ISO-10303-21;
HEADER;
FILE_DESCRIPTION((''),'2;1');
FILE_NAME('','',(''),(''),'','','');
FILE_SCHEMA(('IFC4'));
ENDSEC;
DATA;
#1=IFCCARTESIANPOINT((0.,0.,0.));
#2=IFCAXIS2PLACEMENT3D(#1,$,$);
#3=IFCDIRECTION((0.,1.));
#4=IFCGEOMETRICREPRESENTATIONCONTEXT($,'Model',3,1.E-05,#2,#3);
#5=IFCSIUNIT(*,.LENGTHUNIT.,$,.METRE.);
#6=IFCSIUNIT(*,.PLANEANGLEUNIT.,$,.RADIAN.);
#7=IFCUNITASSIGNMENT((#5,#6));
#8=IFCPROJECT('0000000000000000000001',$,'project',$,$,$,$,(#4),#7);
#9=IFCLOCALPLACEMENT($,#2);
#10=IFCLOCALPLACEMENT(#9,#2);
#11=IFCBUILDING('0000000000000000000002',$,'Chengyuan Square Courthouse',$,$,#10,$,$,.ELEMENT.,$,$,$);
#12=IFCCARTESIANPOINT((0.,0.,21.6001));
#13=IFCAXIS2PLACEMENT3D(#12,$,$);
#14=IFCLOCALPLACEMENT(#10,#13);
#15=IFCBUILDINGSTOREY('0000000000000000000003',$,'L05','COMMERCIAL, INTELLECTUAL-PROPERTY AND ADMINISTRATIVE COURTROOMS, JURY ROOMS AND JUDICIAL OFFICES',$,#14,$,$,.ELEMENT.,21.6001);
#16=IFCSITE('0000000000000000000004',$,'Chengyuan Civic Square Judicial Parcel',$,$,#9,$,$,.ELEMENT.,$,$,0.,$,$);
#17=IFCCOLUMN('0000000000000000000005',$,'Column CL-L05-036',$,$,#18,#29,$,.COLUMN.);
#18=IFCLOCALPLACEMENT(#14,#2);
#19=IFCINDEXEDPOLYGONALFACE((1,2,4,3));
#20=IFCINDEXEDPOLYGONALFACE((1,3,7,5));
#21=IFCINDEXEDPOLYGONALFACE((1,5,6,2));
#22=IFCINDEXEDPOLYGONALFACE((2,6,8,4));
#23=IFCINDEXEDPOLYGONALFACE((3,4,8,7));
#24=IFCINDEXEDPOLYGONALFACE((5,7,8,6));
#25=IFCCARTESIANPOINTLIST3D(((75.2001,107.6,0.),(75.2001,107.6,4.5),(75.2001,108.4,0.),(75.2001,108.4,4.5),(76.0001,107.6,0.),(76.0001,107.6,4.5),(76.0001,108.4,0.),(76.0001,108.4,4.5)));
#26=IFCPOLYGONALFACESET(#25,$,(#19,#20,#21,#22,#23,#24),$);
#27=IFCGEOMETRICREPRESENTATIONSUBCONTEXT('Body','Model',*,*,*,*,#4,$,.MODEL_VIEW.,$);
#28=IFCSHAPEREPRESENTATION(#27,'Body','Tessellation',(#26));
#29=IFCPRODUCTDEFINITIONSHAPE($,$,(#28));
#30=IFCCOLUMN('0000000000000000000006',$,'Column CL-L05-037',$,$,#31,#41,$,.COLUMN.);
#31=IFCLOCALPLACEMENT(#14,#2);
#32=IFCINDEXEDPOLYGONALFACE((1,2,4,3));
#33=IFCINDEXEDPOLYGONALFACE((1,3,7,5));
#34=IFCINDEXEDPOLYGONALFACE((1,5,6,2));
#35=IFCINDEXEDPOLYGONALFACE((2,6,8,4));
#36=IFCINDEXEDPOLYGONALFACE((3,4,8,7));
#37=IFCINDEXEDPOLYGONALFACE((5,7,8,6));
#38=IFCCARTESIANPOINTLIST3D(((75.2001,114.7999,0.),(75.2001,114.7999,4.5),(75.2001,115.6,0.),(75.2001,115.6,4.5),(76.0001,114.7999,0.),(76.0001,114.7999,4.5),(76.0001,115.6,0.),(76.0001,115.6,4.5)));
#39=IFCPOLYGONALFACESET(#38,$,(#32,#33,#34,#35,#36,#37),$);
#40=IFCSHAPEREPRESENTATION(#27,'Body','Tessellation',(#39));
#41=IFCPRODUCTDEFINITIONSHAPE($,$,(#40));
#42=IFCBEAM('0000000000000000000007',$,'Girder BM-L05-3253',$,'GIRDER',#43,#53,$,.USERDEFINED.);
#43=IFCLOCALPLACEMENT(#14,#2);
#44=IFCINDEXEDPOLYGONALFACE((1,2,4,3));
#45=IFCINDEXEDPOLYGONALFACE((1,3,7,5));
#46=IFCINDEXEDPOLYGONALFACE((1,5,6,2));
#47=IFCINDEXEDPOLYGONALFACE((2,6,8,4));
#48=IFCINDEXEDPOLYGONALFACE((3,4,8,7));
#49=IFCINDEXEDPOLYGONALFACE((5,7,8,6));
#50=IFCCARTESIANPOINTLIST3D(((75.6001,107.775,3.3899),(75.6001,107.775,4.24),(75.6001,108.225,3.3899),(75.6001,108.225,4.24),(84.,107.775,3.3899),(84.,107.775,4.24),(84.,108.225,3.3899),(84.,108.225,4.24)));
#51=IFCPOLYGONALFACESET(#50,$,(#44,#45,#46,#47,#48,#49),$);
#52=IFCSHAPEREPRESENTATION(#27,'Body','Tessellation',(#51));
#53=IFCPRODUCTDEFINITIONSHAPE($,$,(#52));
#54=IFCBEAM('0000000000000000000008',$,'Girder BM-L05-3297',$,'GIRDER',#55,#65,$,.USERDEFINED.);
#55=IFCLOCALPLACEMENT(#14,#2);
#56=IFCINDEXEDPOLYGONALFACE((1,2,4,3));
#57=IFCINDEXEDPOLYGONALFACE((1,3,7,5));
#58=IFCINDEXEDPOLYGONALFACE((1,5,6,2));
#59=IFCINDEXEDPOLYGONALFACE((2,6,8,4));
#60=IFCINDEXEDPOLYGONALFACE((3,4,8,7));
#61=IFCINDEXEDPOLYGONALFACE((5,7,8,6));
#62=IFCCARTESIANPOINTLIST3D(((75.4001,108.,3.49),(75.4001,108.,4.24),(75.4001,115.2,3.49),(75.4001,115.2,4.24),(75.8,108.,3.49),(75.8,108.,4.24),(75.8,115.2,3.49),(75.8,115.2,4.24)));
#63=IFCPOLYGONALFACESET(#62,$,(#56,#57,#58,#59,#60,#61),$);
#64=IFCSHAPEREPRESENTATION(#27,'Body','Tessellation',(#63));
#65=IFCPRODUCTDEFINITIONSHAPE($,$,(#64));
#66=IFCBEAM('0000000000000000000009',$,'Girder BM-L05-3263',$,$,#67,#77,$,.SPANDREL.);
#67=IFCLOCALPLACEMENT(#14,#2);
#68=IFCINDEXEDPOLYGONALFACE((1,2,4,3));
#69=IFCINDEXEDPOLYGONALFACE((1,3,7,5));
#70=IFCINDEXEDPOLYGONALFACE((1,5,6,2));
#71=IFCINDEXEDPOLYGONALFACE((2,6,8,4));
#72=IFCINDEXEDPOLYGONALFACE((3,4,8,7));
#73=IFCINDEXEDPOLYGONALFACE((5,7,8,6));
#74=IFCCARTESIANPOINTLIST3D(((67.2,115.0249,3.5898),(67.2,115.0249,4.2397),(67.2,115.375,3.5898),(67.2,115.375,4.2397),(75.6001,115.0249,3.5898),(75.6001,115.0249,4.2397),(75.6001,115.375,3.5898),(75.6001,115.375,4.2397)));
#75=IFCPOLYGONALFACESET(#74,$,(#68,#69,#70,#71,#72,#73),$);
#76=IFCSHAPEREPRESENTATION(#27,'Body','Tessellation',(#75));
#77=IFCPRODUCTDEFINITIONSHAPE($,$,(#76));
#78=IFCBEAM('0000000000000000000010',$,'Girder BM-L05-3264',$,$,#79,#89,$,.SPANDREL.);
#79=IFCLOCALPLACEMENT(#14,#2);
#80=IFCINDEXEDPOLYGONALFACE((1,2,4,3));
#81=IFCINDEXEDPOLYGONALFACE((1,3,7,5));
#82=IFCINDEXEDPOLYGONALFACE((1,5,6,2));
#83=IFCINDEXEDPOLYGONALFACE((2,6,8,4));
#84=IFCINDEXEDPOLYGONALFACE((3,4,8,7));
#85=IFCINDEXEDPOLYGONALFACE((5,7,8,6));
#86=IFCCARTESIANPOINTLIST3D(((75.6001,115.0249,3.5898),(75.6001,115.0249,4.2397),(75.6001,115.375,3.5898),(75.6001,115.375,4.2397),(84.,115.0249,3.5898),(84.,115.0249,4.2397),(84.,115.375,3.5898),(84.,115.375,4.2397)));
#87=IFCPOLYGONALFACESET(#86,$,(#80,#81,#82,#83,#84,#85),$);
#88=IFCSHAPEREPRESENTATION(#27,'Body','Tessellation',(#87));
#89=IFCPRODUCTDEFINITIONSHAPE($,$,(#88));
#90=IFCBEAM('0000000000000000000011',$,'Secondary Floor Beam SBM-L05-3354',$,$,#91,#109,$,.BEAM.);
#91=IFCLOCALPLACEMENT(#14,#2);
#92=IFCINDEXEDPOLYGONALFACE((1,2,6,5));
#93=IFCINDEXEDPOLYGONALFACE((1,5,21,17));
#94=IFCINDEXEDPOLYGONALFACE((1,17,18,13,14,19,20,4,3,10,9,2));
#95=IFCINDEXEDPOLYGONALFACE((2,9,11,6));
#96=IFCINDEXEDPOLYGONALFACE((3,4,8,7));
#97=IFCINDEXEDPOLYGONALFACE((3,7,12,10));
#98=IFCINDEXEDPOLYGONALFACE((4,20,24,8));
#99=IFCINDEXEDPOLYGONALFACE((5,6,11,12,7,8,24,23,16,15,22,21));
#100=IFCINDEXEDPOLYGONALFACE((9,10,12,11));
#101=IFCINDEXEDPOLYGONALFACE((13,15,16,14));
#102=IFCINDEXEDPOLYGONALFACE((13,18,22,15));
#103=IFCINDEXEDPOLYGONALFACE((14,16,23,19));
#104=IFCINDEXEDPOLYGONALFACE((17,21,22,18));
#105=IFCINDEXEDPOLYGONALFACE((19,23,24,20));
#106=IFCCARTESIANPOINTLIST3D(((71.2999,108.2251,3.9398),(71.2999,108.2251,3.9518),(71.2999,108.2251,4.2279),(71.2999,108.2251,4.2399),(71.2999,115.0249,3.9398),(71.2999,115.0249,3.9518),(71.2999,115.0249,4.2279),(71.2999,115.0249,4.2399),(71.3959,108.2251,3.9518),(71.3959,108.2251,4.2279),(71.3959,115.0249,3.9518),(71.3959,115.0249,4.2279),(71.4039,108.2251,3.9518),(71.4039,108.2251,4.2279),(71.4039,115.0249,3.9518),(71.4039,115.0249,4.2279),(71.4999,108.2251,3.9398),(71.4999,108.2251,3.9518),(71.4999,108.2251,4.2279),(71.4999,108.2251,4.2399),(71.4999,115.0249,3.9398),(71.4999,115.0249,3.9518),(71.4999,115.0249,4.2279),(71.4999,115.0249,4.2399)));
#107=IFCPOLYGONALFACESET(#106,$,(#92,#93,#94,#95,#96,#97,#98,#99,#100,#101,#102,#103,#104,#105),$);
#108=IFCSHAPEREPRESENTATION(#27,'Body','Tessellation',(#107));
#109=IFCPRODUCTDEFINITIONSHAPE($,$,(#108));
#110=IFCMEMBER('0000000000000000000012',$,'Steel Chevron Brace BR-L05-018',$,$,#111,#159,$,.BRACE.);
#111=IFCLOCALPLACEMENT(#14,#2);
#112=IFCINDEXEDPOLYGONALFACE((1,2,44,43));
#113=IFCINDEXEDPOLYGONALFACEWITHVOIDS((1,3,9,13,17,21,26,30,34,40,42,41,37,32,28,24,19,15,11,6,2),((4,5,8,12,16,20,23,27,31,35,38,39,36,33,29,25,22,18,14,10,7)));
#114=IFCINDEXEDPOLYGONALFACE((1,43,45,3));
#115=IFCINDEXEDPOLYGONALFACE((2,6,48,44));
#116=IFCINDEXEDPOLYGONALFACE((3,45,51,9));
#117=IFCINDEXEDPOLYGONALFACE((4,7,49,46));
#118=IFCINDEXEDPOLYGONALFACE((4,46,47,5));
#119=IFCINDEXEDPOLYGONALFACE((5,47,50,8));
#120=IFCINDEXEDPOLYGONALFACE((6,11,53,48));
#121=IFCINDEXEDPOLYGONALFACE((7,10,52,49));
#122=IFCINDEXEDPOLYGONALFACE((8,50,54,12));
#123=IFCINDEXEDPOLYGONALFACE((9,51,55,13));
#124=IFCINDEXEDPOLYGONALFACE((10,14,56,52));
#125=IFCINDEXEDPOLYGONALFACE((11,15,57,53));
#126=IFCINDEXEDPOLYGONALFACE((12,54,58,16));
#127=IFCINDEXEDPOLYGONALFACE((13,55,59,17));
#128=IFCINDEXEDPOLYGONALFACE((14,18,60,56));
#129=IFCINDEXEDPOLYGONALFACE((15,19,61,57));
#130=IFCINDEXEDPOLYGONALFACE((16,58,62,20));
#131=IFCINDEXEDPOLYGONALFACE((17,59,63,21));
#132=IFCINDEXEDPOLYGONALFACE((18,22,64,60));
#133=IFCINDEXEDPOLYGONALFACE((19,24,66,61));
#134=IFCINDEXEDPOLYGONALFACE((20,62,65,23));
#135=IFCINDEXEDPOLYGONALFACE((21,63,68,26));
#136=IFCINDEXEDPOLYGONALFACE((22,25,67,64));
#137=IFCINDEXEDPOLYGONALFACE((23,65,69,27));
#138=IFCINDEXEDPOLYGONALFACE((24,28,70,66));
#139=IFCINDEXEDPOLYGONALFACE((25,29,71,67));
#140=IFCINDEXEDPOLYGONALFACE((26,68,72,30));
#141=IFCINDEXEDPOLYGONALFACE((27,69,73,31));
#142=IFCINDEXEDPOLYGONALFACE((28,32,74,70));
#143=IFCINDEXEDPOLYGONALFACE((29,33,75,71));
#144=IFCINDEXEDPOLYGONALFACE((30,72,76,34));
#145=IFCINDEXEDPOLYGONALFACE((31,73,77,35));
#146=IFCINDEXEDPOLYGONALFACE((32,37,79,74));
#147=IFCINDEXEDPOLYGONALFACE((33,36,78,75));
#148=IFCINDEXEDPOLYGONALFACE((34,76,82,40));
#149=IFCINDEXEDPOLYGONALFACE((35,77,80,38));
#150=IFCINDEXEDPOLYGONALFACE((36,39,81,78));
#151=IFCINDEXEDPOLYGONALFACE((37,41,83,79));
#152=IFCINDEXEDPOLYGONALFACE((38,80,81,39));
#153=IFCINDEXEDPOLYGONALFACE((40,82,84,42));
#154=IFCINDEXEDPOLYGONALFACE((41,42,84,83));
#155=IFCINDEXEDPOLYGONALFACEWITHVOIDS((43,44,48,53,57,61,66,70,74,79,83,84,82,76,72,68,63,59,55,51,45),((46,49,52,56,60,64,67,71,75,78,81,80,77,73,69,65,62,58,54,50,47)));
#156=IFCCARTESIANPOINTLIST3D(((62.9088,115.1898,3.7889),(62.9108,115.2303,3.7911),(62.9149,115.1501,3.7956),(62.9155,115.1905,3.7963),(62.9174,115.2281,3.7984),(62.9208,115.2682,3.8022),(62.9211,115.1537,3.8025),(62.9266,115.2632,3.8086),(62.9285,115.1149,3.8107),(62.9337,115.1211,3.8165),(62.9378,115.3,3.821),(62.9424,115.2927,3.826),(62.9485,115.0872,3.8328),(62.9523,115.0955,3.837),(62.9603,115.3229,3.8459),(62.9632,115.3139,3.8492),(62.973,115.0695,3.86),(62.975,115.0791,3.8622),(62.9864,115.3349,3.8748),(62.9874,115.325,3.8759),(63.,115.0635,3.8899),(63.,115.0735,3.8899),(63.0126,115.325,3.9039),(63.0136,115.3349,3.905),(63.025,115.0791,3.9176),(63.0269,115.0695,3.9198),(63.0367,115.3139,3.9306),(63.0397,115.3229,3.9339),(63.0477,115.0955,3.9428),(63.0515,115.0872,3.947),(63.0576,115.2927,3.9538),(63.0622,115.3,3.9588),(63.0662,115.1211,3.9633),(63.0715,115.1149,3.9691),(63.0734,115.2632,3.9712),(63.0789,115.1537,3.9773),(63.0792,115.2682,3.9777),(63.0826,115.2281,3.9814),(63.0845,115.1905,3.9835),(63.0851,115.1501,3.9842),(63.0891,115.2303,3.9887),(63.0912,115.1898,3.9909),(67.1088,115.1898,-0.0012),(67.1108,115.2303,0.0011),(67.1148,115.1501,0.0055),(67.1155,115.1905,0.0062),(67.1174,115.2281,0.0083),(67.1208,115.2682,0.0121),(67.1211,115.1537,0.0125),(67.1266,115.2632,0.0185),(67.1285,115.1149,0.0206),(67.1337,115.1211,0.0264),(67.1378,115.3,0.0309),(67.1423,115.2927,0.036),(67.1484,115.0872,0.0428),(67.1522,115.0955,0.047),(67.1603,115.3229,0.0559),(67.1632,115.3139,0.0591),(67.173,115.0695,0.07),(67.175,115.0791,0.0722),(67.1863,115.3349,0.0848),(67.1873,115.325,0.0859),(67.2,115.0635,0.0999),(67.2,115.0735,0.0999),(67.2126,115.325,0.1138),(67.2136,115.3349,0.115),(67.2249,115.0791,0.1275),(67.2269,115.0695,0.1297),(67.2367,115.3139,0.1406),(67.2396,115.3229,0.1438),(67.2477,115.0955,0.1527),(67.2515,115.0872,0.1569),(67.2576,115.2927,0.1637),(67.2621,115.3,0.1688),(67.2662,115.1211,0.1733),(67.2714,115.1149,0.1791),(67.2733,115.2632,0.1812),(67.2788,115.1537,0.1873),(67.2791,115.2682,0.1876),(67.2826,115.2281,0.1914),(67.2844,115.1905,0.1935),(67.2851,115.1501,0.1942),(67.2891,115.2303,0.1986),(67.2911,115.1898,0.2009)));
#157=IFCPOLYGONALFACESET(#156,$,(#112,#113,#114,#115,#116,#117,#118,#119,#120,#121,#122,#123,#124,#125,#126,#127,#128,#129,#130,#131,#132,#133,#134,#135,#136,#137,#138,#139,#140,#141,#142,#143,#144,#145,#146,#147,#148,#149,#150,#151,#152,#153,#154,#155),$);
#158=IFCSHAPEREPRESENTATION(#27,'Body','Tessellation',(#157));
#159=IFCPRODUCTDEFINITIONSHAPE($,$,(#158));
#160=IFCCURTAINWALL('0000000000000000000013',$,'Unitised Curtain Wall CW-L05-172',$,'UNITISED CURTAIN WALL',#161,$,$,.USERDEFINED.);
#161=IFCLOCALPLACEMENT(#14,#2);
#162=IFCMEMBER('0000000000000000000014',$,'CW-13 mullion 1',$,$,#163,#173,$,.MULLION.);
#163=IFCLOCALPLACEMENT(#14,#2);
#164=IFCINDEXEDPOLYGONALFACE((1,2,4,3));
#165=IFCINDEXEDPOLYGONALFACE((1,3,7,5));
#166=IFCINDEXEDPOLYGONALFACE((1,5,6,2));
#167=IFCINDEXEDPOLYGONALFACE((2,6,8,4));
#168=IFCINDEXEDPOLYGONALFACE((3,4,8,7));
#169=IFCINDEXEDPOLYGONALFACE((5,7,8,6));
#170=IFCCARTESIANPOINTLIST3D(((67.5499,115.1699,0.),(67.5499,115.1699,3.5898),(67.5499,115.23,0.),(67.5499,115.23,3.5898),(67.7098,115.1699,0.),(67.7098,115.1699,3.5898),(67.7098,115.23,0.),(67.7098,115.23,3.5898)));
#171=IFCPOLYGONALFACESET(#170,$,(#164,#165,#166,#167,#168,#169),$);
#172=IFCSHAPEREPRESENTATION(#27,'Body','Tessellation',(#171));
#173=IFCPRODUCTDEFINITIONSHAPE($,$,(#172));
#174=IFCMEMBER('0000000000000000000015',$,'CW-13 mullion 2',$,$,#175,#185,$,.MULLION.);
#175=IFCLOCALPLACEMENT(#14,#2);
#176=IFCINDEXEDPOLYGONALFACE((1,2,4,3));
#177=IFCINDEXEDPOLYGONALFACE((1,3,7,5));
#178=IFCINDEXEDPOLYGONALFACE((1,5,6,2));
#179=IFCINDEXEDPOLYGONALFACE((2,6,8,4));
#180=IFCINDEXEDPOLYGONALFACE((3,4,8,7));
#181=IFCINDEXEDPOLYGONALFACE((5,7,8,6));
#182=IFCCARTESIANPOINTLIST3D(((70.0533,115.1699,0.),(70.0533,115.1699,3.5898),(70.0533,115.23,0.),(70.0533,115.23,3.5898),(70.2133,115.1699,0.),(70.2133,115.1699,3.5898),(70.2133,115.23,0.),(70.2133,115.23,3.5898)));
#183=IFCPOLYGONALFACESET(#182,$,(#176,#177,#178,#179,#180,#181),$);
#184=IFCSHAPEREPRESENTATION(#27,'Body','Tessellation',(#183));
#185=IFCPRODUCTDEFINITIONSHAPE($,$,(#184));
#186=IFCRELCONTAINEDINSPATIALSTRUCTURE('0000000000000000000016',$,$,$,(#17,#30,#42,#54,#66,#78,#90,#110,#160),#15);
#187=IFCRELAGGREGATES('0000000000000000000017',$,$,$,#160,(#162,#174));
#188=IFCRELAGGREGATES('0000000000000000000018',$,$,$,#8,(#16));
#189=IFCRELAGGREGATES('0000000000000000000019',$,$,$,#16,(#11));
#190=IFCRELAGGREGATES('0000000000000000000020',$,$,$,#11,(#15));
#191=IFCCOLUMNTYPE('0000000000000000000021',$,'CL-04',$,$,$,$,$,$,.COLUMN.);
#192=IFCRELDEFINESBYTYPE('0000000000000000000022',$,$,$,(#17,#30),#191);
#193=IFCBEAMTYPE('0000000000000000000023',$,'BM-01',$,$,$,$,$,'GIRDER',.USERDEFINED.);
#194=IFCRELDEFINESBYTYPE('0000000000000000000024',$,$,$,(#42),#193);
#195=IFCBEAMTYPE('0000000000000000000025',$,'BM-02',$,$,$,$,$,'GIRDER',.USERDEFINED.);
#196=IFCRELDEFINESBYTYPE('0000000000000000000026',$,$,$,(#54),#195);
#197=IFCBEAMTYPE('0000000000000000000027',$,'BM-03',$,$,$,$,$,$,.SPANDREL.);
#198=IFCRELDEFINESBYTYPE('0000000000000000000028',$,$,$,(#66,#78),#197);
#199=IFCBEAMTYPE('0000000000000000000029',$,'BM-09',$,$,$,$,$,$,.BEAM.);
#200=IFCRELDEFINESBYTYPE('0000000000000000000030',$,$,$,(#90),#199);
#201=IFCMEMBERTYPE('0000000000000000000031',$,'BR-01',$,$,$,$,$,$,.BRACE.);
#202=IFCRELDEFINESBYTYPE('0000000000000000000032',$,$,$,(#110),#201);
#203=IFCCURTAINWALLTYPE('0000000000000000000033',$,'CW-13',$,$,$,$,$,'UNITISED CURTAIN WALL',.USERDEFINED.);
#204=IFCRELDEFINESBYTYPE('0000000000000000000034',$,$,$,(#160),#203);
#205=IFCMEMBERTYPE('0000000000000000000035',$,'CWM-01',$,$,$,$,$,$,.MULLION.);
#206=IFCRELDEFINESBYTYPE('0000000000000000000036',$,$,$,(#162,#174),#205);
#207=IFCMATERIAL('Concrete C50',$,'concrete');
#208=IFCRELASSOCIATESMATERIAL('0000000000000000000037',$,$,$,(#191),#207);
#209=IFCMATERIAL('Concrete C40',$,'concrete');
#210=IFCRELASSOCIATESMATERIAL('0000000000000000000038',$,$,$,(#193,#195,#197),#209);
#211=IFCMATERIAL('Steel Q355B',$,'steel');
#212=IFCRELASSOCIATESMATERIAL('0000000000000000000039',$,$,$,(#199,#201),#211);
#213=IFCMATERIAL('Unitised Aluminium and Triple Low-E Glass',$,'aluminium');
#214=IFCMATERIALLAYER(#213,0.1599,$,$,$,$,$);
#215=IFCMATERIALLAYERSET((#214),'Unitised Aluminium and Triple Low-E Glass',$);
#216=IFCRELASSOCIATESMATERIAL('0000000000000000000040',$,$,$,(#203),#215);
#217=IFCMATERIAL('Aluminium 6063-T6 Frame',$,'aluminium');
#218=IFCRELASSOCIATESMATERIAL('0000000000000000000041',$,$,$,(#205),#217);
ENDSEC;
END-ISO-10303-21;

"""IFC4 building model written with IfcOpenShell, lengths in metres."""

from ifc_helpers import new_model, si_unit, direction, frame, origin, origin_2d, place, context, subcontext, project, spatial, rectangle, hollow_circle, i_section, extrude, material, layer, layer_set, material_profile, profile_set, type_object, element, aggregate, save


model = new_model("IFC4")

# Units and contexts
model_context = context("Model", 3, precision=1e-05, world=origin(), true_north=direction((0.0, 1.0)))
body_context = subcontext(model_context, "Body", "Model", "MODEL_VIEW")
ifc_project = project(units=[si_unit("LENGTHUNIT", "METRE"), si_unit("PLANEANGLEUNIT", "RADIAN")], contexts=[model_context])

# Site, building, storey
site_placement = place(None, origin())
site = spatial("IfcSite", under=ifc_project, at=site_placement, Name="Chengyuan Civic Square Judicial Parcel", CompositionType="ELEMENT", RefElevation=0.0)
building_placement = place(site_placement, origin())
building = spatial("IfcBuilding", under=site, at=building_placement, Name="Chengyuan Square Courthouse", CompositionType="ELEMENT")
storey_placement = place(building_placement, frame((0.0, 0.0, 21.6001)))
storey = spatial("IfcBuildingStorey", under=building, at=storey_placement, Name="L05", Description="COMMERCIAL, INTELLECTUAL-PROPERTY AND ADMINISTRATIVE COURTROOMS, JURY ROOMS AND JUDICIAL OFFICES", CompositionType="ELEMENT", Elevation=21.6001)

# Columns
ifc_material_1 = material(Name="Concrete C50", Category="concrete")
ifc_material_profile_1 = material_profile(ifc_material_1, rectangle(XDim=0.8, YDim=0.8, at=origin_2d()), Name="RC-COL-800x800")
ifc_profile_set_1 = profile_set([ifc_material_profile_1], Name="Concrete C50")
column_type = type_object("IfcColumnType", Name="CL-04", PredefinedType="COLUMN", material=ifc_profile_set_1)
for number, where, z_axis, x_axis, name in (
    (1, (75.6001, 108.0, 0.0), (0.0, 0.0, 1.0), (1.0, 0.0, 0.0), "Column CL-L05-036"),
    (2, (75.6001, 115.2, 0.0), (0.0, 0.0, 1.0), (1.0, 0.0, 0.0), "Column CL-L05-037"),
):
    element("IfcColumn", number, at=place(storey_placement, frame(where, z_axis=z_axis, x_axis=x_axis)), inside=storey, type_object=column_type, Name=name, PredefinedType="COLUMN", context=body_context, shape_type="SweptSolid", body=[
        extrude(rectangle(XDim=0.8, YDim=0.8, at=origin_2d()), origin(), (0.0, 0.0, 1.0), 4.5),
    ])

# Beams
ifc_material_2 = material(Name="Concrete C40", Category="concrete")
ifc_material_profile_2 = material_profile(ifc_material_2, rectangle(XDim=0.45, YDim=0.8501, at=origin_2d()), Name="RC-BM-450x850")
ifc_profile_set_2 = profile_set([ifc_material_profile_2], Name="Concrete C40")
beam_type_1 = type_object("IfcBeamType", Name="BM-01", ElementType="GIRDER", PredefinedType="USERDEFINED", material=ifc_profile_set_2)
beam_1_placement = place(storey_placement, frame((75.6001, 108.0, 3.8149), z_axis=(1.0, 0.0, 0.0), x_axis=(0.0, 1.0, 0.0)))
element("IfcBeam", 3, at=beam_1_placement, inside=storey, type_object=beam_type_1, Name="Girder BM-L05-3253", ObjectType="GIRDER", PredefinedType="USERDEFINED", context=body_context, shape_type="SweptSolid", body=[
    extrude(rectangle(XDim=0.45, YDim=0.8501, at=origin_2d()), origin(), (0.0, 0.0, 1.0), 8.3999),
])
ifc_material_profile_3 = material_profile(ifc_material_2, rectangle(XDim=0.3999, YDim=0.75, at=origin_2d()), Name="RC-BM-400x750")
ifc_profile_set_3 = profile_set([ifc_material_profile_3], Name="Concrete C40")
beam_type_2 = type_object("IfcBeamType", Name="BM-02", ElementType="GIRDER", PredefinedType="USERDEFINED", material=ifc_profile_set_3)
beam_2_placement = place(storey_placement, frame((75.6001, 108.0, 3.865), z_axis=(0.0, 1.0, 0.0), x_axis=(-1.0, 0.0, 0.0)))
element("IfcBeam", 4, at=beam_2_placement, inside=storey, type_object=beam_type_2, Name="Girder BM-L05-3297", ObjectType="GIRDER", PredefinedType="USERDEFINED", context=body_context, shape_type="SweptSolid", body=[
    extrude(rectangle(XDim=0.3999, YDim=0.75, at=origin_2d()), origin(), (0.0, 0.0, 1.0), 7.2),
])
ifc_material_profile_4 = material_profile(ifc_material_2, rectangle(XDim=0.3501, YDim=0.6499, at=origin_2d()), Name="RC-BM-350x650")
ifc_profile_set_4 = profile_set([ifc_material_profile_4], Name="Concrete C40")
beam_type_3 = type_object("IfcBeamType", Name="BM-03", PredefinedType="SPANDREL", material=ifc_profile_set_4)
beam_3_placement = place(storey_placement, frame((67.2, 115.2, 3.9148), z_axis=(1.0, 0.0, 0.0), x_axis=(0.0, 1.0, 0.0)))
element("IfcBeam", 5, at=beam_3_placement, inside=storey, type_object=beam_type_3, Name="Girder BM-L05-3263", PredefinedType="SPANDREL", context=body_context, shape_type="SweptSolid", body=[
    extrude(rectangle(XDim=0.3501, YDim=0.6499, at=origin_2d()), origin(), (0.0, 0.0, 1.0), 8.4001),
])
beam_4_placement = place(storey_placement, frame((75.6001, 115.2, 3.9148), z_axis=(1.0, 0.0, 0.0), x_axis=(0.0, 1.0, 0.0)))
element("IfcBeam", 6, at=beam_4_placement, inside=storey, type_object=beam_type_3, Name="Girder BM-L05-3264", PredefinedType="SPANDREL", context=body_context, shape_type="SweptSolid", body=[
    extrude(rectangle(XDim=0.3501, YDim=0.6499, at=origin_2d()), origin(), (0.0, 0.0, 1.0), 8.3999),
])
ifc_material_3 = material(Name="Steel Q355B", Category="steel")
ifc_material_profile_5 = material_profile(ifc_material_3, i_section(OverallWidth=0.2, OverallDepth=0.3, WebThickness=0.0081, FlangeThickness=0.012, at=origin_2d()), Name="HM 300x200x8x12")
ifc_profile_set_5 = profile_set([ifc_material_profile_5], Name="Steel Q355B")
beam_type_4 = type_object("IfcBeamType", Name="BM-09", PredefinedType="BEAM", material=ifc_profile_set_5)
beam_5_placement = place(storey_placement, frame((71.3999, 108.2251, 4.0898), z_axis=(0.0, 1.0, 0.0), x_axis=(-1.0, 0.0, 0.0)))
element("IfcBeam", 7, at=beam_5_placement, inside=storey, type_object=beam_type_4, Name="Secondary Floor Beam SBM-L05-3354", PredefinedType="BEAM", context=body_context, shape_type="SweptSolid", body=[
    extrude(i_section(OverallWidth=0.2, OverallDepth=0.3, WebThickness=0.0081, FlangeThickness=0.012, at=origin_2d()), origin(), (0.0, 0.0, 1.0), 6.7998),
])

# Member
ifc_material_profile_6 = material_profile(ifc_material_3, hollow_circle(Radius=0.1365, WallThickness=0.01, at=origin_2d()), Name="CHS 273x10")
ifc_profile_set_6 = profile_set([ifc_material_profile_6], Name="Steel Q355B")
member_type_1 = type_object("IfcMemberType", Name="BR-01", PredefinedType="BRACE", material=ifc_profile_set_6)
member_1_placement = place(storey_placement, frame((67.2, 115.2, 0.0999), z_axis=(-0.742407, 0.0, 0.669949), x_axis=(0.0, -1.0, 0.0)))
element("IfcMember", 8, at=member_1_placement, inside=storey, type_object=member_type_1, Name="Steel Chevron Brace BR-L05-018", PredefinedType="BRACE", context=body_context, shape_type="SweptSolid", body=[
    extrude(hollow_circle(Radius=0.1365, WallThickness=0.01, at=origin_2d()), origin(), (0.0, 0.0, 1.0), 5.6572),
])

# Curtain wall, members
ifc_material_4 = material(Name="Unitised Aluminium and Triple Low-E Glass", Category="aluminium")
ifc_layer_1 = layer(ifc_material_4, 0.1599)
ifc_layer_set_1 = layer_set([ifc_layer_1], Name="Unitised Aluminium and Triple Low-E Glass")
curtain_wall_type = type_object("IfcCurtainWallType", Name="CW-13", ElementType="UNITISED CURTAIN WALL", PredefinedType="USERDEFINED", material=ifc_layer_set_1)
curtain_wall_placement = place(storey_placement, origin())
curtain_wall = element("IfcCurtainWall", 9, at=curtain_wall_placement, inside=storey, type_object=curtain_wall_type, Name="Unitised Curtain Wall CW-L05-172", ObjectType="UNITISED CURTAIN WALL", PredefinedType="USERDEFINED")
ifc_material_5 = material(Name="Aluminium 6063-T6 Frame", Category="aluminium")
ifc_material_profile_7 = material_profile(ifc_material_5, rectangle(XDim=0.0601, YDim=0.1599, at=origin_2d()), Name="CW-MUL-60x160")
ifc_profile_set_7 = profile_set([ifc_material_profile_7], Name="Aluminium 6063-T6 Frame")
member_type_2 = type_object("IfcMemberType", Name="CWM-01", PredefinedType="MULLION", material=ifc_profile_set_7)
member_2_placement = place(storey_placement, frame((67.6299, 115.2, 0.0), z_axis=(0.0, 0.0, 1.0), x_axis=(0.0, 1.0, 0.0)))
member_2 = element("IfcMember", 10, at=member_2_placement, type_object=member_type_2, Name="CW-13 mullion 1", PredefinedType="MULLION", context=body_context, shape_type="SweptSolid", body=[
    extrude(rectangle(XDim=0.0601, YDim=0.1599, at=origin_2d()), origin(), (0.0, 0.0, 1.0), 3.5898),
])
member_3_placement = place(storey_placement, frame((70.1333, 115.2, 0.0), z_axis=(0.0, 0.0, 1.0), x_axis=(0.0, 1.0, 0.0)))
member_3 = element("IfcMember", 11, at=member_3_placement, type_object=member_type_2, Name="CW-13 mullion 2", PredefinedType="MULLION", context=body_context, shape_type="SweptSolid", body=[
    extrude(rectangle(XDim=0.0601, YDim=0.1599, at=origin_2d()), origin(), (0.0, 0.0, 1.0), 3.5898),
])
aggregate(curtain_wall, [member_2, member_3])

save(model, "model.ifc")
